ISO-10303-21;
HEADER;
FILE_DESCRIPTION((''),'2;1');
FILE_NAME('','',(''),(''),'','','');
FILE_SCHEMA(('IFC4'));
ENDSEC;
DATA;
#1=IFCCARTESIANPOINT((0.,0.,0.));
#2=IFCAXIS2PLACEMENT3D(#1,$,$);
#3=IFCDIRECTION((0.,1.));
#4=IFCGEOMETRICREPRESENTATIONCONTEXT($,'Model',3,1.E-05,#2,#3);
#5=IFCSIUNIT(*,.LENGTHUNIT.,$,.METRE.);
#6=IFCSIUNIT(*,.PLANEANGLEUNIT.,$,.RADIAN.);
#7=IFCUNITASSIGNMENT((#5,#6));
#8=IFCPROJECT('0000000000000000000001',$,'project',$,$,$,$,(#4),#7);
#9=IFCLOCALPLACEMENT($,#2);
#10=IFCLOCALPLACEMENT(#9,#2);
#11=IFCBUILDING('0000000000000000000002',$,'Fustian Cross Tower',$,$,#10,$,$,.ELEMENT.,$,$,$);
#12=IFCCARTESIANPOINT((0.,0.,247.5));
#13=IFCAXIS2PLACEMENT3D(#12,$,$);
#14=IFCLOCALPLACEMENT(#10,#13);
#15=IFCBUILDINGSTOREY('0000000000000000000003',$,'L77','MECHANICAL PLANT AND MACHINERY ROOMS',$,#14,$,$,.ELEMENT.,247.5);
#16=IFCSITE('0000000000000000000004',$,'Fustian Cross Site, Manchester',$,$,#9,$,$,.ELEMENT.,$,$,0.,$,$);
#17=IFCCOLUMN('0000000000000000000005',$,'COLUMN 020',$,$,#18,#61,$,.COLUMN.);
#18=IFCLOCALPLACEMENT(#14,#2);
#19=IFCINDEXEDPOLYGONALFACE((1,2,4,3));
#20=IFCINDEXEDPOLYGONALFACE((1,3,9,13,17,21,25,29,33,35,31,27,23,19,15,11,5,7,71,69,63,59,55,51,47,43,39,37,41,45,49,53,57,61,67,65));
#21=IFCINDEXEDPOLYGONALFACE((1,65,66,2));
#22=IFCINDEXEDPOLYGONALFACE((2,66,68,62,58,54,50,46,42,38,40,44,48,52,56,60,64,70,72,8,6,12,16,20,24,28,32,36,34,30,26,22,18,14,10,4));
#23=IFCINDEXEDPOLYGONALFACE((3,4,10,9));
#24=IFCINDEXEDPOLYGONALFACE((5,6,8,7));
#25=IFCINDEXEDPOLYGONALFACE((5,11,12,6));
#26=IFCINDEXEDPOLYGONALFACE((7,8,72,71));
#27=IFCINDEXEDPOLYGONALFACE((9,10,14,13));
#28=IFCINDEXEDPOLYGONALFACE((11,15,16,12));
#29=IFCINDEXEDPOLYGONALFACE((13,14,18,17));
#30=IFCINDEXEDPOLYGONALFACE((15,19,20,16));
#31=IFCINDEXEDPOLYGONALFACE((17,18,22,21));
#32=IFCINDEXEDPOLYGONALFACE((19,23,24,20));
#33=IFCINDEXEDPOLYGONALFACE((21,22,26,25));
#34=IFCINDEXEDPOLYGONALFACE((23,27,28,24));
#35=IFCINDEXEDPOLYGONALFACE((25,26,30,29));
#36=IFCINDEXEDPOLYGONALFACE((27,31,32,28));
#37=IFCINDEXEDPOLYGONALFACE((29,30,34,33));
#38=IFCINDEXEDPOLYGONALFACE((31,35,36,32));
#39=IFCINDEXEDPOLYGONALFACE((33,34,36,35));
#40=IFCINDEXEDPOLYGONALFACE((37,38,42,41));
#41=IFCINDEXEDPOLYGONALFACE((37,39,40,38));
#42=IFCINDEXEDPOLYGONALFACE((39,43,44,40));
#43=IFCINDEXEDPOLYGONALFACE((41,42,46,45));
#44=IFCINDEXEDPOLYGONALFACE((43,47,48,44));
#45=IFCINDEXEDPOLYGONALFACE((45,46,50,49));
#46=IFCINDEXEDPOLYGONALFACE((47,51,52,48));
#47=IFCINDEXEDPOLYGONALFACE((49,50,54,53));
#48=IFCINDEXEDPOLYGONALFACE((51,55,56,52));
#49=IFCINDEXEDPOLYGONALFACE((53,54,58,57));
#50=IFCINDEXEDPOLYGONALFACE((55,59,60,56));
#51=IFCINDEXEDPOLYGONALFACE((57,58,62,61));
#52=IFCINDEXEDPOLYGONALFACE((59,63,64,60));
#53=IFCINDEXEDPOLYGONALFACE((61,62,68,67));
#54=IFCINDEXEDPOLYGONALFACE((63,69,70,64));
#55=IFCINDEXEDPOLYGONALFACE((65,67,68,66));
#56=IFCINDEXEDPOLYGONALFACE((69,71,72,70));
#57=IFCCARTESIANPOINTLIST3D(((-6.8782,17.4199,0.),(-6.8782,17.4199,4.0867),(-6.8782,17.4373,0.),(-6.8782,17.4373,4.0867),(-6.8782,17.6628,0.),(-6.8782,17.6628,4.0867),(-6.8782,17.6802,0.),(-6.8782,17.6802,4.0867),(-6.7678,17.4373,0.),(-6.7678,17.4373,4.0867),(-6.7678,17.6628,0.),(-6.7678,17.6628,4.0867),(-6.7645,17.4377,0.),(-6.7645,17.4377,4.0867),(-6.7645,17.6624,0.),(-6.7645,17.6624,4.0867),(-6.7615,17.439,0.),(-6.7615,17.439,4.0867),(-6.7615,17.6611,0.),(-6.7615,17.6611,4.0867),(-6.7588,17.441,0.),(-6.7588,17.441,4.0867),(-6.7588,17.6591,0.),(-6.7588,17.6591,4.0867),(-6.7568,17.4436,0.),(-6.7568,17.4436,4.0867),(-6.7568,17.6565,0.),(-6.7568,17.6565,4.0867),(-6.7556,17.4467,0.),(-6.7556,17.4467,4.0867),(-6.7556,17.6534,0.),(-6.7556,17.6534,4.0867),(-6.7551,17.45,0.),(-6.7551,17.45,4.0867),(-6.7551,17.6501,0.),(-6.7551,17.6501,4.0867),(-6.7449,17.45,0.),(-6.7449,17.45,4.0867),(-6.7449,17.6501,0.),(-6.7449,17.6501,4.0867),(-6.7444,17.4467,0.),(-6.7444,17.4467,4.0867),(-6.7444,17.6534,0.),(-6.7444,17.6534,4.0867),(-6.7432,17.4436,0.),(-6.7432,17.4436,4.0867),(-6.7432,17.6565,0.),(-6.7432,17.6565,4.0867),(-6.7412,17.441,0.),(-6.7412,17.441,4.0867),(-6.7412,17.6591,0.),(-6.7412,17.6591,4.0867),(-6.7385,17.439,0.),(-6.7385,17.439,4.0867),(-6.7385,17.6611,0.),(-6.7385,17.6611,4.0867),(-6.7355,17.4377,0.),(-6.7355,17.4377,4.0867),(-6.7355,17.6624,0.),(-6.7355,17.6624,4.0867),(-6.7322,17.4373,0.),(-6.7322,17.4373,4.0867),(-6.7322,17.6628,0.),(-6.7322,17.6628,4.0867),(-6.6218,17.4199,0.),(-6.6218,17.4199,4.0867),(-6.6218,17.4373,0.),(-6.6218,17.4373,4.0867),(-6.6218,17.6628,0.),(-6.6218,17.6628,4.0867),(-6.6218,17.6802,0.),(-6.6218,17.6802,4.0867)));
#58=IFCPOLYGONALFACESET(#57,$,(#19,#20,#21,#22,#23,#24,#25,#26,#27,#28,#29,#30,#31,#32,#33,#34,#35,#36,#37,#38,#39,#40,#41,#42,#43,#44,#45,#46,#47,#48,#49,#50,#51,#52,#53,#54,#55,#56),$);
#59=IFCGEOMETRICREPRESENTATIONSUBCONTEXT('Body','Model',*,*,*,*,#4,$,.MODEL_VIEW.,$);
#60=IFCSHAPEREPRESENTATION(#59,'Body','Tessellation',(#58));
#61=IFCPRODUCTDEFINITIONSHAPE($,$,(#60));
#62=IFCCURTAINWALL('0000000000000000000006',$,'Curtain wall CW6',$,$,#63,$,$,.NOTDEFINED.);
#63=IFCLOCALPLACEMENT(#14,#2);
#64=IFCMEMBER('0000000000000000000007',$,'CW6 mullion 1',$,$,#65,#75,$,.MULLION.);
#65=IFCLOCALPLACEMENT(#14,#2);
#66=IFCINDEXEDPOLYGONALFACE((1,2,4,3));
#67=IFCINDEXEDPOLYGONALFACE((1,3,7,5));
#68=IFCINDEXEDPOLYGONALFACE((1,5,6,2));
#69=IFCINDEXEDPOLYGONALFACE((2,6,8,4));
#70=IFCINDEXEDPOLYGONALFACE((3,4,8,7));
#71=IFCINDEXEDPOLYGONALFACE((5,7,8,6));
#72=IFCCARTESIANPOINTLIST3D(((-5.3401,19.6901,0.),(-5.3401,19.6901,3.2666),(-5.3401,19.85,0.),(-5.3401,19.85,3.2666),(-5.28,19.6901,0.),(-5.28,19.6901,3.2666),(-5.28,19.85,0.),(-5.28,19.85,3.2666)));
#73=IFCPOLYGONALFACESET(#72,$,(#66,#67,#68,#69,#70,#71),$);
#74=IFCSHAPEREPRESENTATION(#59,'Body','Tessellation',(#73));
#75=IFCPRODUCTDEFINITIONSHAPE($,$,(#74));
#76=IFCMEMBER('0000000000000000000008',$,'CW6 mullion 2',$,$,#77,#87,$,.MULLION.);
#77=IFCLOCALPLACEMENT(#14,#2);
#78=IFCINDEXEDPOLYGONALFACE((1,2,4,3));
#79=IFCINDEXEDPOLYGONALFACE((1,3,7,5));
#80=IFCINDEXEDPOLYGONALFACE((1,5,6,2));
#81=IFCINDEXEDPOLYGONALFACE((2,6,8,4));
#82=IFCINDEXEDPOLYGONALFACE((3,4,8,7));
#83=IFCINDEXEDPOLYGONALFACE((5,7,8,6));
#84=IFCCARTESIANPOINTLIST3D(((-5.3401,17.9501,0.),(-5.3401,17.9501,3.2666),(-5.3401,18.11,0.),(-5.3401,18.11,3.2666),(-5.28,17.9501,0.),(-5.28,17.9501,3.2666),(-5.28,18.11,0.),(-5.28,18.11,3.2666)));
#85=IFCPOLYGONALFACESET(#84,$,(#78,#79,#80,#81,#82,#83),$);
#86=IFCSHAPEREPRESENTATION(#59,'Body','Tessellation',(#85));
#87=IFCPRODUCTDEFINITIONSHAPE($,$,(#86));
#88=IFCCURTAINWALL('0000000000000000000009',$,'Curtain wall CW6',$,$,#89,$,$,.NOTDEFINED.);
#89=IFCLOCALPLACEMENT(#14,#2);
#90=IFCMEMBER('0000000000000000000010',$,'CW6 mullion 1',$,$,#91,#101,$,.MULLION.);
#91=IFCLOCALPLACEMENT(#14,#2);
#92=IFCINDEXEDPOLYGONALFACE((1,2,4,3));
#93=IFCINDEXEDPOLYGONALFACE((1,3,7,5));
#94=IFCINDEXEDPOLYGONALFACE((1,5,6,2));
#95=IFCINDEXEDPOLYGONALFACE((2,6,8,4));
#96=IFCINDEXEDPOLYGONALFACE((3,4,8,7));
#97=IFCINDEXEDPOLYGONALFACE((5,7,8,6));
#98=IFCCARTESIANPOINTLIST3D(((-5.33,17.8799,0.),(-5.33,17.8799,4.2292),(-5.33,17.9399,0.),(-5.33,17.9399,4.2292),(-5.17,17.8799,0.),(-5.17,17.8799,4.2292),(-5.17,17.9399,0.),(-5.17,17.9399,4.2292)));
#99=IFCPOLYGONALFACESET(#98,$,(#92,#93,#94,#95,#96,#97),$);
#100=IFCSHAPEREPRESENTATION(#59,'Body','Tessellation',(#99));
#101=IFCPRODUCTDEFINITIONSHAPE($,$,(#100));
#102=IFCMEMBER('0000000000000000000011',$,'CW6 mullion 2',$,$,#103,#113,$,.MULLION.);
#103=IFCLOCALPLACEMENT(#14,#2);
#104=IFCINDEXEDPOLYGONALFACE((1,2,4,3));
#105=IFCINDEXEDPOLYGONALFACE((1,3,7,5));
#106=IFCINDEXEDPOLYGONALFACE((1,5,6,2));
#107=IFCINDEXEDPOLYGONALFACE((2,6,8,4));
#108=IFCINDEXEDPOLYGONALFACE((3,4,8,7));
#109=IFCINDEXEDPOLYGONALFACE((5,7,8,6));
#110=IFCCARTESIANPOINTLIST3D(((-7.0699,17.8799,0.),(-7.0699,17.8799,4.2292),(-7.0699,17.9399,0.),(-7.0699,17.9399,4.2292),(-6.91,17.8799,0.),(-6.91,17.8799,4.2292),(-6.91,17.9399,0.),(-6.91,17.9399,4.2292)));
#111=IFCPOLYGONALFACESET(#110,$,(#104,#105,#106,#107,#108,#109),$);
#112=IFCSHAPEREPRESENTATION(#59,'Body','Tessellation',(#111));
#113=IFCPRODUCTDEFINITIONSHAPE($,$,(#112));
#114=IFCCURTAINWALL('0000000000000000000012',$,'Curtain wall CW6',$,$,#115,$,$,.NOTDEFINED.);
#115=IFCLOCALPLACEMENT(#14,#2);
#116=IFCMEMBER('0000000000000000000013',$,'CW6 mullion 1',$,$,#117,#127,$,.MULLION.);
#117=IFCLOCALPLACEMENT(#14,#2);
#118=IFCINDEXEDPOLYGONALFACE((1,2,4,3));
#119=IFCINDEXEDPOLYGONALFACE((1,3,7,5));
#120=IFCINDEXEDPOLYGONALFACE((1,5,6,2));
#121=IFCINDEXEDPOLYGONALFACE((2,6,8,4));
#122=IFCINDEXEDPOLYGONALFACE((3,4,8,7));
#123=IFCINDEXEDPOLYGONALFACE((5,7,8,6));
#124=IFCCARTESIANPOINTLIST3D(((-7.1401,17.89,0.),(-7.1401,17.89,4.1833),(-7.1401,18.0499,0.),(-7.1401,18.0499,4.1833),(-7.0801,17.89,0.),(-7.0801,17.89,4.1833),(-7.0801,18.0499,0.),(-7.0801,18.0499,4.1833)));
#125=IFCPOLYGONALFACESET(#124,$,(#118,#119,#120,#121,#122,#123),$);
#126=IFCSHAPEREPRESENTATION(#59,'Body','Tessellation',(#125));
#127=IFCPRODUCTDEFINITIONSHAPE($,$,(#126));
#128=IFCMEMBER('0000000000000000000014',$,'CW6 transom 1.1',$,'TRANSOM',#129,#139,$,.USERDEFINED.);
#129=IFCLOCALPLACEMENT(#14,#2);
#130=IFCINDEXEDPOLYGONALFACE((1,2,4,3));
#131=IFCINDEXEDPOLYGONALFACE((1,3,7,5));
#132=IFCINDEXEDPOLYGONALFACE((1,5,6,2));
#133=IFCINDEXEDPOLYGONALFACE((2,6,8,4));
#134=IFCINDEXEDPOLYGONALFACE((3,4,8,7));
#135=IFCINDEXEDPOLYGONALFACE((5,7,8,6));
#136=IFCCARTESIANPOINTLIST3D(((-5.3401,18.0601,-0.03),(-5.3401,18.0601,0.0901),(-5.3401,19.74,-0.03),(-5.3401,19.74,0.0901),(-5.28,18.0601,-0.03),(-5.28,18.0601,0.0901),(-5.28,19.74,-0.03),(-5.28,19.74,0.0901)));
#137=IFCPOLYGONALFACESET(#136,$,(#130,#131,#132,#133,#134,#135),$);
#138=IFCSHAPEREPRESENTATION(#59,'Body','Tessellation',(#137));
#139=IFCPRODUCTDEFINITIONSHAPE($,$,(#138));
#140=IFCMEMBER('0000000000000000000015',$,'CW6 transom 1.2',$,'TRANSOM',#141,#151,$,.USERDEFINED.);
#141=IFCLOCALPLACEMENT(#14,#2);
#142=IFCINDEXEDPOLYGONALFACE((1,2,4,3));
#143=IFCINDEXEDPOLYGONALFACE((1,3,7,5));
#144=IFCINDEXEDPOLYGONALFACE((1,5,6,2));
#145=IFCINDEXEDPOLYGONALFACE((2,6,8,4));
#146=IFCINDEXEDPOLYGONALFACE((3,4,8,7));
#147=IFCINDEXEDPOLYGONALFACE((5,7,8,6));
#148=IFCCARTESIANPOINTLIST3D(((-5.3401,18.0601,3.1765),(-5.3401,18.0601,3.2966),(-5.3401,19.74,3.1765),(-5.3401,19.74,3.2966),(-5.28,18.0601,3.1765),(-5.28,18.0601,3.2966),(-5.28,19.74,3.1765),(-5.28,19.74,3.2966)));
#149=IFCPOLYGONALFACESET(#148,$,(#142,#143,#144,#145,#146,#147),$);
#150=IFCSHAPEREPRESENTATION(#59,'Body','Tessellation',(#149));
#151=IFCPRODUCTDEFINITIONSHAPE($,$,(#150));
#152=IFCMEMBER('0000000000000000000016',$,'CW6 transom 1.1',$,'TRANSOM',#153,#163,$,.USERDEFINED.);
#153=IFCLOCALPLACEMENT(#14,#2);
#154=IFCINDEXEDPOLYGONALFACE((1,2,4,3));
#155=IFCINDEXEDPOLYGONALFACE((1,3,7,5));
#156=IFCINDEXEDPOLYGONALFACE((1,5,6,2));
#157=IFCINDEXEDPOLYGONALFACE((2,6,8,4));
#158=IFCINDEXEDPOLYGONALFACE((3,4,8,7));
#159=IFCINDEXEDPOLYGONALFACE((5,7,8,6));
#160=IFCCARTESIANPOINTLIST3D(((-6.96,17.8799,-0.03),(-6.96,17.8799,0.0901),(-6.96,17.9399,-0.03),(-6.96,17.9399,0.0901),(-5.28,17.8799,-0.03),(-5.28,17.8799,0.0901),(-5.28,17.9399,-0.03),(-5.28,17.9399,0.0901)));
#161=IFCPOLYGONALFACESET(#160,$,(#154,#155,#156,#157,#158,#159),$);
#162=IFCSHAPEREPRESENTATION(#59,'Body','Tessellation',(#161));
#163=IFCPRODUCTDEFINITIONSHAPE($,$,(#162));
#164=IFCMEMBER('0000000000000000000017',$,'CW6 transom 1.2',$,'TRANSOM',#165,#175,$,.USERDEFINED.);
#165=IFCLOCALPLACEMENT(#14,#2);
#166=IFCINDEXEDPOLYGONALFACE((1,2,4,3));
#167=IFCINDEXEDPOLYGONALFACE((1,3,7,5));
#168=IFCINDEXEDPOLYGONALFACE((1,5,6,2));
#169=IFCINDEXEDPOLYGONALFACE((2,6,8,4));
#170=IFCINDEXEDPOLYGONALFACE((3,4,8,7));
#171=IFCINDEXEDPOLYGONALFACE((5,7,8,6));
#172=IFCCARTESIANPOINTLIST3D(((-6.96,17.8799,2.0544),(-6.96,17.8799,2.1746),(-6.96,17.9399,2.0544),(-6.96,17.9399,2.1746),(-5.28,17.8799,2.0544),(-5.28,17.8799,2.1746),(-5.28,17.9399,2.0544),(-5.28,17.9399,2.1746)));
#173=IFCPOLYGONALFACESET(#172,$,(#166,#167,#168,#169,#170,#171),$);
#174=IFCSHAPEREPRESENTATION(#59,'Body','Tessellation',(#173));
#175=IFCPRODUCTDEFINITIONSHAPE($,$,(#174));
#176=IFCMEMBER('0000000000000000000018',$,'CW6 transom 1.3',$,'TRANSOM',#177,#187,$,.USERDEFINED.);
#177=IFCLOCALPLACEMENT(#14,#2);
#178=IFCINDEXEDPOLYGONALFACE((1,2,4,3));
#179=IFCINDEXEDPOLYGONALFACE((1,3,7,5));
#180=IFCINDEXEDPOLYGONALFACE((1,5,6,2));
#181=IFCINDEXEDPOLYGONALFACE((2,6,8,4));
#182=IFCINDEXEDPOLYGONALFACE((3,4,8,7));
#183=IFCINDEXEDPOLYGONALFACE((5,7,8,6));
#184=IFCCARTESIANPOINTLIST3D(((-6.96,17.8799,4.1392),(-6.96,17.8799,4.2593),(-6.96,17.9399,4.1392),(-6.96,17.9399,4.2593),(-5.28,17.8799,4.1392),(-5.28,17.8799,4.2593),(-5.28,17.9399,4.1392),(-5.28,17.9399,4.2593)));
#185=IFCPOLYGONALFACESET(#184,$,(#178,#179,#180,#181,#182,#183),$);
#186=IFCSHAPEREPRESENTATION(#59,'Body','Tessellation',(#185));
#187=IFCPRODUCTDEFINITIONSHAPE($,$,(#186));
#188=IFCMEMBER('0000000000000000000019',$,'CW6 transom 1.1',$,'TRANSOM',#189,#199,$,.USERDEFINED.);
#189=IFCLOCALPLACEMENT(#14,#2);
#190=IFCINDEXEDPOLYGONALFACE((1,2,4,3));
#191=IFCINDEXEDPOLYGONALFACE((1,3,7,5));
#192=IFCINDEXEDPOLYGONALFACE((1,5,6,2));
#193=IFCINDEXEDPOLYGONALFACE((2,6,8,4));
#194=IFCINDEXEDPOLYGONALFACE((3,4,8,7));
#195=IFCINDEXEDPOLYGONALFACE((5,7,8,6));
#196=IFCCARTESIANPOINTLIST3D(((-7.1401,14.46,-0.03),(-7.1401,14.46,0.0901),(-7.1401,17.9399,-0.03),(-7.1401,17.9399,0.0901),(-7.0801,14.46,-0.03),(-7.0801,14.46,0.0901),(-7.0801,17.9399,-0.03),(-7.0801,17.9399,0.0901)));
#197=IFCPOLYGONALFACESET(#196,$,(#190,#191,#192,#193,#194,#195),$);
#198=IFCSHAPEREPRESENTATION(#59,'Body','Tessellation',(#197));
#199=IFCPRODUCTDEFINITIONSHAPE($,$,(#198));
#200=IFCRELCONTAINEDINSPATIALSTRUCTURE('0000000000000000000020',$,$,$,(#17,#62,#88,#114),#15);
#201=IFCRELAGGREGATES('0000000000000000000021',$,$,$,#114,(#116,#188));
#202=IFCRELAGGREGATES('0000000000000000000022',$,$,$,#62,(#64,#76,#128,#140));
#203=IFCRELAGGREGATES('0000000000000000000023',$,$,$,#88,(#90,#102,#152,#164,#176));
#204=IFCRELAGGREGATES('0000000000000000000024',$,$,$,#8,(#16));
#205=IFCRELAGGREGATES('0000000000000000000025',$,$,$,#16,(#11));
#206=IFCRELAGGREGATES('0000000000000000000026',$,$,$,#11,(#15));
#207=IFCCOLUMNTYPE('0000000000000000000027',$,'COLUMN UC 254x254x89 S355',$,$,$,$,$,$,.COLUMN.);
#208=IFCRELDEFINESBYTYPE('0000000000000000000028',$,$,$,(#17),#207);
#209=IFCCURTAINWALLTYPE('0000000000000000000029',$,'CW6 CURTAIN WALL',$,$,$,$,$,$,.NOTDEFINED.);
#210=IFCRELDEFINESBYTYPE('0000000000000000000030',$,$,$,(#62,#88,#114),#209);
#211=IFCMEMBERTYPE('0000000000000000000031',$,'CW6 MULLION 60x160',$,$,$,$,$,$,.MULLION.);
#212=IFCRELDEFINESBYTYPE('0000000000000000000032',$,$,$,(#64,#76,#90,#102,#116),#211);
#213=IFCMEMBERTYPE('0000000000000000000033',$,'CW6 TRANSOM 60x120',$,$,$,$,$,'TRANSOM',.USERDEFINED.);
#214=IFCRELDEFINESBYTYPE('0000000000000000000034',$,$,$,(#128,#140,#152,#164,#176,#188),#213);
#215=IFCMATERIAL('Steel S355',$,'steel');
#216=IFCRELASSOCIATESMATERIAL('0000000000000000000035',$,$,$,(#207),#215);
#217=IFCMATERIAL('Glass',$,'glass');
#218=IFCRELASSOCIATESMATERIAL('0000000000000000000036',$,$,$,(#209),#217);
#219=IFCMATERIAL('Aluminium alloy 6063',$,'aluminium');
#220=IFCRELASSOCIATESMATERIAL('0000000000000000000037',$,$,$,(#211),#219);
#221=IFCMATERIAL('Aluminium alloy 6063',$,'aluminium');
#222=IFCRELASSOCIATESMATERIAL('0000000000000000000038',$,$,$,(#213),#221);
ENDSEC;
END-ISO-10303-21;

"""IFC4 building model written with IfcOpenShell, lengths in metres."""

from ifc_helpers import new_model, si_unit, direction, frame, origin, origin_2d, place, context, subcontext, project, spatial, rectangle, i_section, extrude, material, material_profile, profile_set, type_object, element, aggregate, save


model = new_model("IFC4")

# Units and contexts
model_context = context("Model", 3, precision=1e-05, world=origin(), true_north=direction((0.0, 1.0)))
body_context = subcontext(model_context, "Body", "Model", "MODEL_VIEW")
ifc_project = project(units=[si_unit("LENGTHUNIT", "METRE"), si_unit("PLANEANGLEUNIT", "RADIAN")], contexts=[model_context])

# Site, building, storey
site_placement = place(None, origin())
site = spatial("IfcSite", under=ifc_project, at=site_placement, Name="Fustian Cross Site, Manchester", CompositionType="ELEMENT", RefElevation=0.0)
building_placement = place(site_placement, origin())
building = spatial("IfcBuilding", under=site, at=building_placement, Name="Fustian Cross Tower", CompositionType="ELEMENT")
storey_placement = place(building_placement, frame((0.0, 0.0, 247.5)))
storey = spatial("IfcBuildingStorey", under=building, at=storey_placement, Name="L77", Description="MECHANICAL PLANT AND MACHINERY ROOMS", CompositionType="ELEMENT", Elevation=247.5)

# Column
ifc_material_1 = material(Name="Steel S355", Category="steel")
ifc_material_profile_1 = material_profile(ifc_material_1, i_section(OverallWidth=0.2563, OverallDepth=0.2603, WebThickness=0.0103, FlangeThickness=0.0173, FilletRadius=0.0127, at=origin_2d()), Name="UC 254x254x89")
ifc_profile_set_1 = profile_set([ifc_material_profile_1], Name="Steel S355")
column_type = type_object("IfcColumnType", Name="COLUMN UC 254x254x89 S355", PredefinedType="COLUMN", material=ifc_profile_set_1)
column_placement = place(storey_placement, frame((-6.75, 17.55, 0.0), z_axis=(0.0, 0.0, 1.0), x_axis=(1.0, 0.0, 0.0)))
element("IfcColumn", 1, at=column_placement, inside=storey, type_object=column_type, Name="COLUMN 020", PredefinedType="COLUMN", context=body_context, shape_type="SweptSolid", body=[
    extrude(i_section(OverallWidth=0.2563, OverallDepth=0.2603, WebThickness=0.0103, FlangeThickness=0.0173, FilletRadius=0.0127, at=origin_2d()), origin(), (0.0, 0.0, 1.0), 4.0867),
])

# Curtain walls, members
ifc_material_2 = material(Name="Glass", Category="glass")
curtain_wall_type = type_object("IfcCurtainWallType", Name="CW6 CURTAIN WALL", PredefinedType="NOTDEFINED", material=ifc_material_2)
curtain_wall_1_placement = place(storey_placement, origin())
curtain_wall_1 = element("IfcCurtainWall", 2, at=curtain_wall_1_placement, inside=storey, type_object=curtain_wall_type, Name="Curtain wall CW6", PredefinedType="NOTDEFINED")
ifc_material_3 = material(Name="Aluminium alloy 6063", Category="aluminium")
ifc_material_profile_2 = material_profile(ifc_material_3, rectangle(XDim=0.0601, YDim=0.1599, at=origin_2d()), Name="CW6 MULLION 60x160")
ifc_profile_set_2 = profile_set([ifc_material_profile_2], Name="Aluminium alloy 6063")
member_type_1 = type_object("IfcMemberType", Name="CW6 MULLION 60x160", PredefinedType="MULLION", material=ifc_profile_set_2)
member_1_placement = place(storey_placement, frame((-5.3101, 19.77, 0.0), z_axis=(0.0, 0.0, 1.0), x_axis=(1.0, 0.0, 0.0)))
member_1 = element("IfcMember", 3, at=member_1_placement, type_object=member_type_1, Name="CW6 mullion 1", PredefinedType="MULLION", context=body_context, shape_type="SweptSolid", body=[
    extrude(rectangle(XDim=0.0601, YDim=0.1599, at=origin_2d()), origin(), (0.0, 0.0, 1.0), 3.2666),
])
member_2_placement = place(storey_placement, frame((-5.3101, 18.03, 0.0), z_axis=(0.0, 0.0, 1.0), x_axis=(1.0, 0.0, 0.0)))
member_2 = element("IfcMember", 4, at=member_2_placement, type_object=member_type_1, Name="CW6 mullion 2", PredefinedType="MULLION", context=body_context, shape_type="SweptSolid", body=[
    extrude(rectangle(XDim=0.0601, YDim=0.1599, at=origin_2d()), origin(), (0.0, 0.0, 1.0), 3.2666),
])
curtain_wall_2_placement = place(storey_placement, origin())
curtain_wall_2 = element("IfcCurtainWall", 5, at=curtain_wall_2_placement, inside=storey, type_object=curtain_wall_type, Name="Curtain wall CW6", PredefinedType="NOTDEFINED")
member_3_placement = place(storey_placement, frame((-5.25, 17.9099, 0.0), z_axis=(0.0, 0.0, 1.0), x_axis=(0.0, -1.0, 0.0)))
member_3 = element("IfcMember", 6, at=member_3_placement, type_object=member_type_1, Name="CW6 mullion 1", PredefinedType="MULLION", context=body_context, shape_type="SweptSolid", body=[
    extrude(rectangle(XDim=0.0601, YDim=0.1599, at=origin_2d()), origin(), (0.0, 0.0, 1.0), 4.2292),
])
member_4_placement = place(storey_placement, frame((-6.99, 17.9099, 0.0), z_axis=(0.0, 0.0, 1.0), x_axis=(0.0, -1.0, 0.0)))
member_4 = element("IfcMember", 7, at=member_4_placement, type_object=member_type_1, Name="CW6 mullion 2", PredefinedType="MULLION", context=body_context, shape_type="SweptSolid", body=[
    extrude(rectangle(XDim=0.0601, YDim=0.1599, at=origin_2d()), origin(), (0.0, 0.0, 1.0), 4.2292),
])

# Curtain wall, member
curtain_wall_3_placement = place(storey_placement, origin())
curtain_wall_3 = element("IfcCurtainWall", 8, at=curtain_wall_3_placement, inside=storey, type_object=curtain_wall_type, Name="Curtain wall CW6", PredefinedType="NOTDEFINED")
member_5_placement = place(storey_placement, frame((-7.1101, 17.97, 0.0), z_axis=(0.0, 0.0, 1.0), x_axis=(1.0, 0.0, 0.0)))
member_5 = element("IfcMember", 9, at=member_5_placement, type_object=member_type_1, Name="CW6 mullion 1", PredefinedType="MULLION", context=body_context, shape_type="SweptSolid", body=[
    extrude(rectangle(XDim=0.0601, YDim=0.1599, at=origin_2d()), origin(), (0.0, 0.0, 1.0), 4.1833),
])

# Members
ifc_material_4 = material(Name="Aluminium alloy 6063", Category="aluminium")
ifc_material_profile_3 = material_profile(ifc_material_4, rectangle(XDim=0.0601, YDim=0.1201, at=origin_2d()), Name="CW6 TRANSOM 60x120")
ifc_profile_set_3 = profile_set([ifc_material_profile_3], Name="Aluminium alloy 6063")
member_type_2 = type_object("IfcMemberType", Name="CW6 TRANSOM 60x120", ElementType="TRANSOM", PredefinedType="USERDEFINED", material=ifc_profile_set_3)
member_6_placement = place(storey_placement, frame((-5.3101, 19.74, 0.03), z_axis=(0.0, -1.0, 0.0), x_axis=(1.0, 0.0, 0.0)))
member_6 = element("IfcMember", 10, at=member_6_placement, type_object=member_type_2, Name="CW6 transom 1.1", ObjectType="TRANSOM", PredefinedType="USERDEFINED", context=body_context, shape_type="SweptSolid", body=[
    extrude(rectangle(XDim=0.0601, YDim=0.1201, at=origin_2d()), origin(), (0.0, 0.0, 1.0), 1.6799),
])
member_7_placement = place(storey_placement, frame((-5.3101, 19.74, 3.2366), z_axis=(0.0, -1.0, 0.0), x_axis=(1.0, 0.0, 0.0)))
member_7 = element("IfcMember", 11, at=member_7_placement, type_object=member_type_2, Name="CW6 transom 1.2", ObjectType="TRANSOM", PredefinedType="USERDEFINED", context=body_context, shape_type="SweptSolid", body=[
    extrude(rectangle(XDim=0.0601, YDim=0.1201, at=origin_2d()), origin(), (0.0, 0.0, 1.0), 1.6799),
])
member_8_placement = place(storey_placement, frame((-5.28, 17.9099, 0.03), z_axis=(-1.0, 0.0, 0.0), x_axis=(0.0, -1.0, 0.0)))
member_8 = element("IfcMember", 12, at=member_8_placement, type_object=member_type_2, Name="CW6 transom 1.1", ObjectType="TRANSOM", PredefinedType="USERDEFINED", context=body_context, shape_type="SweptSolid", body=[
    extrude(rectangle(XDim=0.0601, YDim=0.1201, at=origin_2d()), origin(), (0.0, 0.0, 1.0), 1.6799),
])
member_9_placement = place(storey_placement, frame((-5.28, 17.9099, 2.1145), z_axis=(-1.0, 0.0, 0.0), x_axis=(0.0, -1.0, 0.0)))
member_9 = element("IfcMember", 13, at=member_9_placement, type_object=member_type_2, Name="CW6 transom 1.2", ObjectType="TRANSOM", PredefinedType="USERDEFINED", context=body_context, shape_type="SweptSolid", body=[
    extrude(rectangle(XDim=0.0601, YDim=0.1201, at=origin_2d()), origin(), (0.0, 0.0, 1.0), 1.6799),
])
member_10_placement = place(storey_placement, frame((-5.28, 17.9099, 4.1992), z_axis=(-1.0, 0.0, 0.0), x_axis=(0.0, -1.0, 0.0)))
member_10 = element("IfcMember", 14, at=member_10_placement, type_object=member_type_2, Name="CW6 transom 1.3", ObjectType="TRANSOM", PredefinedType="USERDEFINED", context=body_context, shape_type="SweptSolid", body=[
    extrude(rectangle(XDim=0.0601, YDim=0.1201, at=origin_2d()), origin(), (0.0, 0.0, 1.0), 1.6799),
])
member_11_placement = place(storey_placement, frame((-7.1101, 17.9399, 0.03), z_axis=(0.0, -1.0, 0.0), x_axis=(1.0, 0.0, 0.0)))
member_11 = element("IfcMember", 15, at=member_11_placement, type_object=member_type_2, Name="CW6 transom 1.1", ObjectType="TRANSOM", PredefinedType="USERDEFINED", context=body_context, shape_type="SweptSolid", body=[
    extrude(rectangle(XDim=0.0601, YDim=0.1201, at=origin_2d()), origin(), (0.0, 0.0, 1.0), 3.48),
])
aggregate(curtain_wall_3, [member_5, member_11])

aggregate(curtain_wall_1, [member_1, member_2, member_6, member_7])
aggregate(curtain_wall_2, [member_3, member_4, member_8, member_9, member_10])

save(model, "model.ifc")
